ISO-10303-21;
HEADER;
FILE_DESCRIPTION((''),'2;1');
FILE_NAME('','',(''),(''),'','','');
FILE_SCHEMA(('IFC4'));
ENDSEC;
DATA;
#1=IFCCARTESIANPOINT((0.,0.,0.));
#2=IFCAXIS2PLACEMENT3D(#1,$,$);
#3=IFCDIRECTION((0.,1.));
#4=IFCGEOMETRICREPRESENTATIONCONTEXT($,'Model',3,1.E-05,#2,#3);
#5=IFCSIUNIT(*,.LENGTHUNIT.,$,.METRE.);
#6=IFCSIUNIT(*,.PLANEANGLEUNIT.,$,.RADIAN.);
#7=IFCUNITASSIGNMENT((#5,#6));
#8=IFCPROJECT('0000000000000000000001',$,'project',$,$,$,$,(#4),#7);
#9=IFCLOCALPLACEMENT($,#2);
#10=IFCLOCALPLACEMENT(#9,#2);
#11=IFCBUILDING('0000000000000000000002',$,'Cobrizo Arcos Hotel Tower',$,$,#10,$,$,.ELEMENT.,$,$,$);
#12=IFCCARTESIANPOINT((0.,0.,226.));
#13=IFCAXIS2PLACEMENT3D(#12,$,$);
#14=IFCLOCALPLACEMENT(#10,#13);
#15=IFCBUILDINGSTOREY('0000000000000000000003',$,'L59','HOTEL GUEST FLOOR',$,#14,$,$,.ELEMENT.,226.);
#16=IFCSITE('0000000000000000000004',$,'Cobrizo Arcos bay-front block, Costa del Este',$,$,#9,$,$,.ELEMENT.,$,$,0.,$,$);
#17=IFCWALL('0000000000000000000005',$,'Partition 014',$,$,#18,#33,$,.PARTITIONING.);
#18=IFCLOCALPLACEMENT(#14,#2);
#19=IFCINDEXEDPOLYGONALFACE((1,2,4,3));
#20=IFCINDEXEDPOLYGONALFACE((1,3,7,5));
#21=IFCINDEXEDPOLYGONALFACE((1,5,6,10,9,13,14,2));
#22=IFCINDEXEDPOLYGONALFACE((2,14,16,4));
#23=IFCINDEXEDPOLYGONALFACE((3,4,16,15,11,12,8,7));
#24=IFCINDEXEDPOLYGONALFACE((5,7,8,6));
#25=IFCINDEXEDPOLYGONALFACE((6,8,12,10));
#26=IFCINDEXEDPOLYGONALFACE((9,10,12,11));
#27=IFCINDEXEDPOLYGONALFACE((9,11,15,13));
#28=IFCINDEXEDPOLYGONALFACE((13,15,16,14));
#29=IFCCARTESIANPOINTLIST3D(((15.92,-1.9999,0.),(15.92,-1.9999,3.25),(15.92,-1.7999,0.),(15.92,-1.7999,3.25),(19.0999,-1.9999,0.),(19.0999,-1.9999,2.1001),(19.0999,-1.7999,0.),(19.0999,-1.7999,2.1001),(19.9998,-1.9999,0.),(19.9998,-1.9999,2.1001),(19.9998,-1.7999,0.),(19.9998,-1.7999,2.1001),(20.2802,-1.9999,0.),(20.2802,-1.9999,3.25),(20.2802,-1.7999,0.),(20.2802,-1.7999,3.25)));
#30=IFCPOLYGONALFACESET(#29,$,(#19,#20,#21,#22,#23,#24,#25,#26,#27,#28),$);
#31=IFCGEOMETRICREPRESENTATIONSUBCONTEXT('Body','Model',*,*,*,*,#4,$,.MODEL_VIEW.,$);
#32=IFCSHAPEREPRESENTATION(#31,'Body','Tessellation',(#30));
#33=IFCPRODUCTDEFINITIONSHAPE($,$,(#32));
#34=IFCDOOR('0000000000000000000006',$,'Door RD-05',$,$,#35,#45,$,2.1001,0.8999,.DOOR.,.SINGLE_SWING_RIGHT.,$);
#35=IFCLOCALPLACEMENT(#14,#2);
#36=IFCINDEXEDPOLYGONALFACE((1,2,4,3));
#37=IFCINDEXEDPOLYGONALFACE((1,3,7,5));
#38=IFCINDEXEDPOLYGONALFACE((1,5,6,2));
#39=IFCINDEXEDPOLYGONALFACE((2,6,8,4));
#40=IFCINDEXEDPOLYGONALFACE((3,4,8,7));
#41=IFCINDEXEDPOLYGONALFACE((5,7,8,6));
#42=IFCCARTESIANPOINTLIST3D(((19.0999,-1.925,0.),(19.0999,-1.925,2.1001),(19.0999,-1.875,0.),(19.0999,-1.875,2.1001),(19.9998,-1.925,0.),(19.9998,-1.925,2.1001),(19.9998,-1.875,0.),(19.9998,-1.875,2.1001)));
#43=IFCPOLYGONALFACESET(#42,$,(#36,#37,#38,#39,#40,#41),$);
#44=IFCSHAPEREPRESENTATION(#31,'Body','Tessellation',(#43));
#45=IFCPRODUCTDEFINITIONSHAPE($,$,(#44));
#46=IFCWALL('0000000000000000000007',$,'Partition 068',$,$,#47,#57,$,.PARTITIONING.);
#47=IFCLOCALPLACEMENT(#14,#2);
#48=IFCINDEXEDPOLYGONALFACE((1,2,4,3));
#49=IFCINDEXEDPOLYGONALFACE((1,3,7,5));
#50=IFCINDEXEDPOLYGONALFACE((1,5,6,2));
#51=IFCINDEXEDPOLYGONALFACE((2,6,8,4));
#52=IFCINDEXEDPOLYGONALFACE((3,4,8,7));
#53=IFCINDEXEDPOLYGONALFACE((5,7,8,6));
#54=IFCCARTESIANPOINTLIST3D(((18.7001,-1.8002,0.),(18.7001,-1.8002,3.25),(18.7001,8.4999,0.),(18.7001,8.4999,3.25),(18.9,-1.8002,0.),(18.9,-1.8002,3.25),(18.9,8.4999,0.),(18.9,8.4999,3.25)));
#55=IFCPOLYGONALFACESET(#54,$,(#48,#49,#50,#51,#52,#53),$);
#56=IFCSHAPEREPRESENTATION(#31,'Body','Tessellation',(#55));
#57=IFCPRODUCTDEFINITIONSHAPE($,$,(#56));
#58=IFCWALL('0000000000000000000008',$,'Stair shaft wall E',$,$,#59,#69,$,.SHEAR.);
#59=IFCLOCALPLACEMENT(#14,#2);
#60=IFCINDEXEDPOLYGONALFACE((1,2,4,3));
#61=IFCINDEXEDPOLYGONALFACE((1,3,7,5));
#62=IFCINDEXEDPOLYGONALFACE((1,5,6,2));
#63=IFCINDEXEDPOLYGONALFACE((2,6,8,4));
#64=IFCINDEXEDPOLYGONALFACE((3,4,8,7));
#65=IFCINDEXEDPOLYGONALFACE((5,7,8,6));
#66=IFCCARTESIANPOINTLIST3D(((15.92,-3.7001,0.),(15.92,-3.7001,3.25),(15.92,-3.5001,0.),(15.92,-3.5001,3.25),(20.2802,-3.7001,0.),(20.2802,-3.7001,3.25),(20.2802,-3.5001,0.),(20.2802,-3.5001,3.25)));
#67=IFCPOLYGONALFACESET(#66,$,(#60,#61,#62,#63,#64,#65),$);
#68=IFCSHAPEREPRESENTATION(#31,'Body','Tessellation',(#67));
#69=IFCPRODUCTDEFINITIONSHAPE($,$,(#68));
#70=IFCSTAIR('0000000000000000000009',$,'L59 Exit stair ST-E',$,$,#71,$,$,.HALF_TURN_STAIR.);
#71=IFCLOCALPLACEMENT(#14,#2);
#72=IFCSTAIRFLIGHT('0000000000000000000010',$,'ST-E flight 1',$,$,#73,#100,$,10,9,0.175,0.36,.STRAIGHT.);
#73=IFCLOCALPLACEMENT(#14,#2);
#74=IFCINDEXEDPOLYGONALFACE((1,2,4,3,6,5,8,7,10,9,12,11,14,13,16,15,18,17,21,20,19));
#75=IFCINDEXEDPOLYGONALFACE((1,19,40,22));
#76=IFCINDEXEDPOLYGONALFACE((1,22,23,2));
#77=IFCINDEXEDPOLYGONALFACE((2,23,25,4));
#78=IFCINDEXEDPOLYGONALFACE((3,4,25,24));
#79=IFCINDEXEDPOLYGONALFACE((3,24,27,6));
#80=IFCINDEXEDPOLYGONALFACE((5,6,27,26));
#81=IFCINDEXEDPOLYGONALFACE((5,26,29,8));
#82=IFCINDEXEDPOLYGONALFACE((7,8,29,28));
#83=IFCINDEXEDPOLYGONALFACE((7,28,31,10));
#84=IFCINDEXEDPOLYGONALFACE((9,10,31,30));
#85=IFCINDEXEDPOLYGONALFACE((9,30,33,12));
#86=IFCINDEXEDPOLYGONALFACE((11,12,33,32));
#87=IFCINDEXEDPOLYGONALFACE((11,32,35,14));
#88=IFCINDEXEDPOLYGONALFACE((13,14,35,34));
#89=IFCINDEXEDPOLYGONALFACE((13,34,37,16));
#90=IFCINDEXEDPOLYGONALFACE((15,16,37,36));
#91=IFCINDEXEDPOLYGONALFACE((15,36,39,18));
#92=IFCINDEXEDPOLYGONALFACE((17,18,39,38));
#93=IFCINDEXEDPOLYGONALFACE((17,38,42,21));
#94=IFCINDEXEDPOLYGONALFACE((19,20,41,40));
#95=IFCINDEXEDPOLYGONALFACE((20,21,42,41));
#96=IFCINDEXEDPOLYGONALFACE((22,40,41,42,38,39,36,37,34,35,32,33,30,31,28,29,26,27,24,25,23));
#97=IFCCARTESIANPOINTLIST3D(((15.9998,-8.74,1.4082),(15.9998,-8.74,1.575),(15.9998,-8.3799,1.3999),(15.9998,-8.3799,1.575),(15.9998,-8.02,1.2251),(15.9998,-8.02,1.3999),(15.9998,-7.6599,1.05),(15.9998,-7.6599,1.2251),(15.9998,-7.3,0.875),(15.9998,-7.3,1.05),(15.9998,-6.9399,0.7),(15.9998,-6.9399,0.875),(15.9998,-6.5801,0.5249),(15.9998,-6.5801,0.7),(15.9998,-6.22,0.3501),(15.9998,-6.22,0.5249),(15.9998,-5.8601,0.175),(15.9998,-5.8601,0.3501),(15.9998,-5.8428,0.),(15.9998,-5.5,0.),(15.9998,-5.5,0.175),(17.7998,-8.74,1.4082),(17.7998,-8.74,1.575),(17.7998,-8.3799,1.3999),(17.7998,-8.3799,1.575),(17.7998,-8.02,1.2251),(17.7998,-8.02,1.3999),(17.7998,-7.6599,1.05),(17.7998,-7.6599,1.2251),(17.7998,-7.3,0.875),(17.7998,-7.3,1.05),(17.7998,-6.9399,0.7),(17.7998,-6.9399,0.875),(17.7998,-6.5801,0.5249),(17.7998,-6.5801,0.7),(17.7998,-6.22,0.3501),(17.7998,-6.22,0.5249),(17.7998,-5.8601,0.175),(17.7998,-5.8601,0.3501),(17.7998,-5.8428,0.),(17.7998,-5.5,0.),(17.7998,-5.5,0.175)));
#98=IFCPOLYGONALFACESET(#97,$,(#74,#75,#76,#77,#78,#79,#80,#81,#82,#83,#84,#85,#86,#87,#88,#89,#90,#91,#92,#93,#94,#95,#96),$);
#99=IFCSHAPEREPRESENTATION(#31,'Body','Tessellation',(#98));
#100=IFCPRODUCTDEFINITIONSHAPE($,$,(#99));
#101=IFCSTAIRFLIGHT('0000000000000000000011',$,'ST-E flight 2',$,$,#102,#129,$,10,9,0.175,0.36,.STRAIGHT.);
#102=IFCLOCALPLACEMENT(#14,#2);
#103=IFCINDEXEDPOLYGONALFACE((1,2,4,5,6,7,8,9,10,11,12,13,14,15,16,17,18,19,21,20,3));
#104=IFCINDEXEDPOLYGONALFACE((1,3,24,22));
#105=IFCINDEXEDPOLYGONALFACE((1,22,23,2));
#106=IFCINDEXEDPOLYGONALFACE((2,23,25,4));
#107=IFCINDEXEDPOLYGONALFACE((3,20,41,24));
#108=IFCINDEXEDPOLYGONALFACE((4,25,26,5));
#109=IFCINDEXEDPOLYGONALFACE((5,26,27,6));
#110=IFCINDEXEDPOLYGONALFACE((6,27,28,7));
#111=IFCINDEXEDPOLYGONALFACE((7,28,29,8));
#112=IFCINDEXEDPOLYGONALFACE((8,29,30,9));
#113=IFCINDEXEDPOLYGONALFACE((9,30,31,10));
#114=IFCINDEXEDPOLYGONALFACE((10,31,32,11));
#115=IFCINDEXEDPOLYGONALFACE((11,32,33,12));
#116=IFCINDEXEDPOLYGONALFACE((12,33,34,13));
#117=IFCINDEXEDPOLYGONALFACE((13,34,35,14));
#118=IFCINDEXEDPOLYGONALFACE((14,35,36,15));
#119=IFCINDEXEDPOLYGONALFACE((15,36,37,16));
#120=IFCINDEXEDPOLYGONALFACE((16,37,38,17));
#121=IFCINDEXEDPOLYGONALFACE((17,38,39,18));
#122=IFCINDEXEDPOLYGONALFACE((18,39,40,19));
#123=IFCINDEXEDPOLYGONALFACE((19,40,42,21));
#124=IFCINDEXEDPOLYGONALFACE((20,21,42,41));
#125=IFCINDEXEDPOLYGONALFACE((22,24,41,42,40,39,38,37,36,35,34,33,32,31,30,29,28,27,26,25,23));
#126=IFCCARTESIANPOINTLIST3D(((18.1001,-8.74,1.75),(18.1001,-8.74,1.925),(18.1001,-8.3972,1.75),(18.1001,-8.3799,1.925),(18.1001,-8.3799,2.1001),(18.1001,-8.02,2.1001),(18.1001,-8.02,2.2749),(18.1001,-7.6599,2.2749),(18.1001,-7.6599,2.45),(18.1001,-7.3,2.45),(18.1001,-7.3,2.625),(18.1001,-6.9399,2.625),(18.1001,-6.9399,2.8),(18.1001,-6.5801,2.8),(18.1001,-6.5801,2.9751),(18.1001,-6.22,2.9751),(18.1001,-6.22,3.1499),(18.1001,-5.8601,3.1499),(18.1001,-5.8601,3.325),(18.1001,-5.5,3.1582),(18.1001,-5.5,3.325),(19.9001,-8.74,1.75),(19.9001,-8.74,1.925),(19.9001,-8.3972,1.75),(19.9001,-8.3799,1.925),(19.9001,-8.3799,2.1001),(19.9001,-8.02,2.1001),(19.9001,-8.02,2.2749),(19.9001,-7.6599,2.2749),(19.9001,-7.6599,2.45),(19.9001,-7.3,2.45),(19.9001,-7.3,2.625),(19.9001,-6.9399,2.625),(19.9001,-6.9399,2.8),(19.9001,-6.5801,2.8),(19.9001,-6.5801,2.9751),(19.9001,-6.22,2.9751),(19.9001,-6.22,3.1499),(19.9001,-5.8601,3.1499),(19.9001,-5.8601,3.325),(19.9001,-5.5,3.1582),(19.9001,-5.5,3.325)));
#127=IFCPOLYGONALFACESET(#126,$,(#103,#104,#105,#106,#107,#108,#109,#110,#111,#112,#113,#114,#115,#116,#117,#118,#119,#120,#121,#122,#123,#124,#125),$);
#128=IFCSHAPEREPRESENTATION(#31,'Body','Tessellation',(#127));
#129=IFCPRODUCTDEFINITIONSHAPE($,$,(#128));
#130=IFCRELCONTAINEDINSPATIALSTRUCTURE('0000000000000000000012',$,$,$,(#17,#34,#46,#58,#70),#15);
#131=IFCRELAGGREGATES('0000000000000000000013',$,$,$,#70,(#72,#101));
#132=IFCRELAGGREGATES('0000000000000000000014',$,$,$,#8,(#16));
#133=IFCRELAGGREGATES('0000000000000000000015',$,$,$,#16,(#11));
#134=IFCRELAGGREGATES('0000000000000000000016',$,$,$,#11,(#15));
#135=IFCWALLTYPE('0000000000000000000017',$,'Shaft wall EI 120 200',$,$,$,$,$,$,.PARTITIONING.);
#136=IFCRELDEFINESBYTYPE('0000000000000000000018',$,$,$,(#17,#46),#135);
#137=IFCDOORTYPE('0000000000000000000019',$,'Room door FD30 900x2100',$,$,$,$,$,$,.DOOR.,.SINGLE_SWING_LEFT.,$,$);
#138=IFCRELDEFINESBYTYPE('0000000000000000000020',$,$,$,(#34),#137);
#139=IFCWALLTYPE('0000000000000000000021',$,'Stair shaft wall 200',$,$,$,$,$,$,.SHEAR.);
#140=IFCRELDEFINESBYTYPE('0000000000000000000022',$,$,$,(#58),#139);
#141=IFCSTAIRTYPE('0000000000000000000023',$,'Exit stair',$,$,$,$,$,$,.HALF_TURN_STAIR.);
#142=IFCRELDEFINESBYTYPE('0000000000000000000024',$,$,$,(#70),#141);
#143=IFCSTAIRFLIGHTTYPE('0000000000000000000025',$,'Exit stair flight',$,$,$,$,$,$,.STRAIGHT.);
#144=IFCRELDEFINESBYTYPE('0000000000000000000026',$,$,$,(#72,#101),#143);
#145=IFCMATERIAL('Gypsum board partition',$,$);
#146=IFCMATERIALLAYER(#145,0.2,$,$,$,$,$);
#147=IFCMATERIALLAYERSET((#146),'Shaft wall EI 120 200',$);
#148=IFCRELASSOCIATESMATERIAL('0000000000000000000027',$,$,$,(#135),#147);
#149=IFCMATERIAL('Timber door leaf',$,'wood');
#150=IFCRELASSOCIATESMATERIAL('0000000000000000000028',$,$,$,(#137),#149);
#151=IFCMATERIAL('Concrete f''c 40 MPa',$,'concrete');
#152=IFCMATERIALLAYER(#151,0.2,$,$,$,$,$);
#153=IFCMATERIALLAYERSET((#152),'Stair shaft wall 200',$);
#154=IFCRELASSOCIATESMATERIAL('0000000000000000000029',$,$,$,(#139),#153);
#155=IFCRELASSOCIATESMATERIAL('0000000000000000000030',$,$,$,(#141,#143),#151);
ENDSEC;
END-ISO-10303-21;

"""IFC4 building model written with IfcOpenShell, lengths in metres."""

from ifc_helpers import new_model, si_unit, direction, frame, frame_2d, origin, place, context, subcontext, project, spatial, polyline, rectangle, outline, extrude, material, layer, layer_set, type_object, element, fill, aggregate, save


model = new_model("IFC4")

# Units and contexts
model_context = context("Model", 3, precision=1e-05, world=origin(), true_north=direction((0.0, 1.0)))
body_context = subcontext(model_context, "Body", "Model", "MODEL_VIEW")
ifc_project = project(units=[si_unit("LENGTHUNIT", "METRE"), si_unit("PLANEANGLEUNIT", "RADIAN")], contexts=[model_context])

# Site, building, storey
site_placement = place(None, origin())
site = spatial("IfcSite", under=ifc_project, at=site_placement, Name="Cobrizo Arcos bay-front block, Costa del Este", CompositionType="ELEMENT", RefElevation=0.0)
building_placement = place(site_placement, origin())
building = spatial("IfcBuilding", under=site, at=building_placement, Name="Cobrizo Arcos Hotel Tower", CompositionType="ELEMENT")
storey_placement = place(building_placement, frame((0.0, 0.0, 226.0)))
storey = spatial("IfcBuildingStorey", under=building, at=storey_placement, Name="L59", Description="HOTEL GUEST FLOOR", CompositionType="ELEMENT", Elevation=226.0)

# Wall, opening, door
ifc_material_1 = material(Name="Gypsum board partition")
ifc_layer_1 = layer(ifc_material_1, 0.2)
ifc_layer_set_1 = layer_set([ifc_layer_1], Name="Shaft wall EI 120 200")
wall_type_1 = type_object("IfcWallType", Name="Shaft wall EI 120 200", PredefinedType="PARTITIONING", material=ifc_layer_set_1)
wall_1_placement = place(storey_placement, frame((15.9199, -1.8999, 0.0), z_axis=(0.0, 0.0, 1.0), x_axis=(1.0, 0.0, 0.0)))
wall_1 = element("IfcWall", 1, at=wall_1_placement, inside=storey, type_object=wall_type_1, Name="Partition 014", PredefinedType="PARTITIONING", context=body_context, shape_type="SweptSolid", body=[
    extrude(rectangle(XDim=4.3601, YDim=0.2, at=frame_2d((2.1802, 0.0))), origin(), (0.0, 0.0, 1.0), 3.25),
])
opening_placement = place(wall_1_placement, frame((3.1799, 0.0, 0.0)))
opening = element("IfcOpeningElement", 2, at=opening_placement, cuts=wall_1, PredefinedType="OPENING", context=body_context, shape_type="SweptSolid", body=[
    extrude(rectangle(XDim=0.8999, YDim=2.1001, at=frame_2d((0.45, 1.05))), frame((0.0, 0.1121, 0.0), z_axis=(0.0, -1.0, 0.0), x_axis=(1.0, 0.0, 0.0)), (0.0, 0.0, 1.0), 0.2239),
])
ifc_material_2 = material(Name="Timber door leaf", Category="wood")
door_type = type_object("IfcDoorType", Name="Room door FD30 900x2100", OperationType="SINGLE_SWING_LEFT", PredefinedType="DOOR", material=ifc_material_2)
door_placement = place(opening_placement, origin())
door = element("IfcDoor", 3, at=door_placement, inside=storey, type_object=door_type, Name="Door RD-05", OperationType="SINGLE_SWING_RIGHT", OverallHeight=2.1001, OverallWidth=0.8999, PredefinedType="DOOR", context=body_context, shape_type="SweptSolid", body=[
    extrude(rectangle(XDim=0.8999, YDim=2.1001, at=frame_2d((0.45, 1.05))), frame((0.0, 0.0249, 0.0), z_axis=(0.0, -1.0, 0.0), x_axis=(1.0, 0.0, 0.0)), (0.0, 0.0, 1.0), 0.05),
])
fill(opening, door)

# Walls
wall_2_placement = place(storey_placement, frame((18.8, -1.8, 0.0), z_axis=(0.0, 0.0, 1.0), x_axis=(0.0, 1.0, 0.0)))
element("IfcWall", 4, at=wall_2_placement, inside=storey, type_object=wall_type_1, Name="Partition 068", PredefinedType="PARTITIONING", context=body_context, shape_type="SweptSolid", body=[
    extrude(rectangle(XDim=10.3, YDim=0.2, at=frame_2d((5.1499, 0.0))), origin(), (0.0, 0.0, 1.0), 3.25),
])
ifc_material_3 = material(Name="Concrete f'c 40 MPa", Category="concrete")
ifc_layer_2 = layer(ifc_material_3, 0.2)
ifc_layer_set_2 = layer_set([ifc_layer_2], Name="Stair shaft wall 200")
wall_type_2 = type_object("IfcWallType", Name="Stair shaft wall 200", PredefinedType="SHEAR", material=ifc_layer_set_2)
wall_3_placement = place(storey_placement, frame((15.9199, -3.6001, 0.0), z_axis=(0.0, 0.0, 1.0), x_axis=(1.0, 0.0, 0.0)))
element("IfcWall", 5, at=wall_3_placement, inside=storey, type_object=wall_type_2, Name="Stair shaft wall E", PredefinedType="SHEAR", context=body_context, shape_type="SweptSolid", body=[
    extrude(rectangle(XDim=4.3601, YDim=0.2, at=frame_2d((2.1802, 0.0))), origin(), (0.0, 0.0, 1.0), 3.25),
])

# Stair, stair flights
stair_type = type_object("IfcStairType", Name="Exit stair", PredefinedType="HALF_TURN_STAIR", material=ifc_material_3)
stair_placement = place(storey_placement, origin())
stair = element("IfcStair", 6, at=stair_placement, inside=storey, type_object=stair_type, Name="L59 Exit stair ST-E", PredefinedType="HALF_TURN_STAIR")
stair_flight_type = type_object("IfcStairFlightType", Name="Exit stair flight", PredefinedType="STRAIGHT", material=ifc_material_3)
stair_flight_1_placement = place(storey_placement, frame((16.8999, -5.5, 0.0), z_axis=(0.0, 0.0, 1.0), x_axis=(0.0, -1.0, 0.0)))
stair_flight_1 = element("IfcStairFlight", 7, at=stair_flight_1_placement, type_object=stair_flight_type, Name="ST-E flight 1", NumberOfRisers=10, NumberOfTreads=9, PredefinedType="STRAIGHT", RiserHeight=0.175, TreadLength=0.36, context=body_context, shape_type="SweptSolid", body=[
    extrude(outline(polyline([(0.0, 0.0), (0.0, 0.175), (0.3601, 0.175), (0.3601, 0.3501), (0.72, 0.3501), (0.72, 0.5249), (1.0801, 0.5249), (1.0801, 0.7), (1.4399, 0.7), (1.4399, 0.875), (1.8, 0.875), (1.8, 1.05), (2.1599, 1.05), (2.1599, 1.2251), (2.52, 1.2251), (2.52, 1.3999), (2.8799, 1.3999), (2.8799, 1.575), (3.24, 1.575), (3.24, 1.75), (3.24, 1.4082), (0.3428, 0.0), (0.0, 0.0)])), frame((0.0, 0.8999, 0.0), z_axis=(0.0, -1.0, 0.0), x_axis=(1.0, 0.0, 0.0)), (0.0, 0.0, 1.0), 1.8),
])
stair_flight_2_placement = place(storey_placement, frame((19.0, -8.74, 1.75), z_axis=(0.0, 0.0, 1.0), x_axis=(0.0, 1.0, 0.0)))
stair_flight_2 = element("IfcStairFlight", 8, at=stair_flight_2_placement, type_object=stair_flight_type, Name="ST-E flight 2", NumberOfRisers=10, NumberOfTreads=9, PredefinedType="STRAIGHT", RiserHeight=0.175, TreadLength=0.36, context=body_context, shape_type="SweptSolid", body=[
    extrude(outline(polyline([(0.0, 0.0), (0.0, 0.175), (0.3601, 0.175), (0.3601, 0.3501), (0.72, 0.3501), (0.72, 0.5249), (1.0801, 0.5249), (1.0801, 0.7), (1.4399, 0.7), (1.4399, 0.875), (1.8, 0.875), (1.8, 1.05), (2.1599, 1.05), (2.1599, 1.2251), (2.52, 1.2251), (2.52, 1.3999), (2.8799, 1.3999), (2.8799, 1.575), (3.24, 1.575), (3.24, 1.75), (3.24, 1.4082), (0.3428, 0.0), (0.0, 0.0)])), frame((0.0, 0.8999, 0.0), z_axis=(0.0, -1.0, 0.0), x_axis=(1.0, 0.0, 0.0)), (0.0, 0.0, 1.0), 1.8),
])
aggregate(stair, [stair_flight_1, stair_flight_2])

save(model, "model.ifc")
